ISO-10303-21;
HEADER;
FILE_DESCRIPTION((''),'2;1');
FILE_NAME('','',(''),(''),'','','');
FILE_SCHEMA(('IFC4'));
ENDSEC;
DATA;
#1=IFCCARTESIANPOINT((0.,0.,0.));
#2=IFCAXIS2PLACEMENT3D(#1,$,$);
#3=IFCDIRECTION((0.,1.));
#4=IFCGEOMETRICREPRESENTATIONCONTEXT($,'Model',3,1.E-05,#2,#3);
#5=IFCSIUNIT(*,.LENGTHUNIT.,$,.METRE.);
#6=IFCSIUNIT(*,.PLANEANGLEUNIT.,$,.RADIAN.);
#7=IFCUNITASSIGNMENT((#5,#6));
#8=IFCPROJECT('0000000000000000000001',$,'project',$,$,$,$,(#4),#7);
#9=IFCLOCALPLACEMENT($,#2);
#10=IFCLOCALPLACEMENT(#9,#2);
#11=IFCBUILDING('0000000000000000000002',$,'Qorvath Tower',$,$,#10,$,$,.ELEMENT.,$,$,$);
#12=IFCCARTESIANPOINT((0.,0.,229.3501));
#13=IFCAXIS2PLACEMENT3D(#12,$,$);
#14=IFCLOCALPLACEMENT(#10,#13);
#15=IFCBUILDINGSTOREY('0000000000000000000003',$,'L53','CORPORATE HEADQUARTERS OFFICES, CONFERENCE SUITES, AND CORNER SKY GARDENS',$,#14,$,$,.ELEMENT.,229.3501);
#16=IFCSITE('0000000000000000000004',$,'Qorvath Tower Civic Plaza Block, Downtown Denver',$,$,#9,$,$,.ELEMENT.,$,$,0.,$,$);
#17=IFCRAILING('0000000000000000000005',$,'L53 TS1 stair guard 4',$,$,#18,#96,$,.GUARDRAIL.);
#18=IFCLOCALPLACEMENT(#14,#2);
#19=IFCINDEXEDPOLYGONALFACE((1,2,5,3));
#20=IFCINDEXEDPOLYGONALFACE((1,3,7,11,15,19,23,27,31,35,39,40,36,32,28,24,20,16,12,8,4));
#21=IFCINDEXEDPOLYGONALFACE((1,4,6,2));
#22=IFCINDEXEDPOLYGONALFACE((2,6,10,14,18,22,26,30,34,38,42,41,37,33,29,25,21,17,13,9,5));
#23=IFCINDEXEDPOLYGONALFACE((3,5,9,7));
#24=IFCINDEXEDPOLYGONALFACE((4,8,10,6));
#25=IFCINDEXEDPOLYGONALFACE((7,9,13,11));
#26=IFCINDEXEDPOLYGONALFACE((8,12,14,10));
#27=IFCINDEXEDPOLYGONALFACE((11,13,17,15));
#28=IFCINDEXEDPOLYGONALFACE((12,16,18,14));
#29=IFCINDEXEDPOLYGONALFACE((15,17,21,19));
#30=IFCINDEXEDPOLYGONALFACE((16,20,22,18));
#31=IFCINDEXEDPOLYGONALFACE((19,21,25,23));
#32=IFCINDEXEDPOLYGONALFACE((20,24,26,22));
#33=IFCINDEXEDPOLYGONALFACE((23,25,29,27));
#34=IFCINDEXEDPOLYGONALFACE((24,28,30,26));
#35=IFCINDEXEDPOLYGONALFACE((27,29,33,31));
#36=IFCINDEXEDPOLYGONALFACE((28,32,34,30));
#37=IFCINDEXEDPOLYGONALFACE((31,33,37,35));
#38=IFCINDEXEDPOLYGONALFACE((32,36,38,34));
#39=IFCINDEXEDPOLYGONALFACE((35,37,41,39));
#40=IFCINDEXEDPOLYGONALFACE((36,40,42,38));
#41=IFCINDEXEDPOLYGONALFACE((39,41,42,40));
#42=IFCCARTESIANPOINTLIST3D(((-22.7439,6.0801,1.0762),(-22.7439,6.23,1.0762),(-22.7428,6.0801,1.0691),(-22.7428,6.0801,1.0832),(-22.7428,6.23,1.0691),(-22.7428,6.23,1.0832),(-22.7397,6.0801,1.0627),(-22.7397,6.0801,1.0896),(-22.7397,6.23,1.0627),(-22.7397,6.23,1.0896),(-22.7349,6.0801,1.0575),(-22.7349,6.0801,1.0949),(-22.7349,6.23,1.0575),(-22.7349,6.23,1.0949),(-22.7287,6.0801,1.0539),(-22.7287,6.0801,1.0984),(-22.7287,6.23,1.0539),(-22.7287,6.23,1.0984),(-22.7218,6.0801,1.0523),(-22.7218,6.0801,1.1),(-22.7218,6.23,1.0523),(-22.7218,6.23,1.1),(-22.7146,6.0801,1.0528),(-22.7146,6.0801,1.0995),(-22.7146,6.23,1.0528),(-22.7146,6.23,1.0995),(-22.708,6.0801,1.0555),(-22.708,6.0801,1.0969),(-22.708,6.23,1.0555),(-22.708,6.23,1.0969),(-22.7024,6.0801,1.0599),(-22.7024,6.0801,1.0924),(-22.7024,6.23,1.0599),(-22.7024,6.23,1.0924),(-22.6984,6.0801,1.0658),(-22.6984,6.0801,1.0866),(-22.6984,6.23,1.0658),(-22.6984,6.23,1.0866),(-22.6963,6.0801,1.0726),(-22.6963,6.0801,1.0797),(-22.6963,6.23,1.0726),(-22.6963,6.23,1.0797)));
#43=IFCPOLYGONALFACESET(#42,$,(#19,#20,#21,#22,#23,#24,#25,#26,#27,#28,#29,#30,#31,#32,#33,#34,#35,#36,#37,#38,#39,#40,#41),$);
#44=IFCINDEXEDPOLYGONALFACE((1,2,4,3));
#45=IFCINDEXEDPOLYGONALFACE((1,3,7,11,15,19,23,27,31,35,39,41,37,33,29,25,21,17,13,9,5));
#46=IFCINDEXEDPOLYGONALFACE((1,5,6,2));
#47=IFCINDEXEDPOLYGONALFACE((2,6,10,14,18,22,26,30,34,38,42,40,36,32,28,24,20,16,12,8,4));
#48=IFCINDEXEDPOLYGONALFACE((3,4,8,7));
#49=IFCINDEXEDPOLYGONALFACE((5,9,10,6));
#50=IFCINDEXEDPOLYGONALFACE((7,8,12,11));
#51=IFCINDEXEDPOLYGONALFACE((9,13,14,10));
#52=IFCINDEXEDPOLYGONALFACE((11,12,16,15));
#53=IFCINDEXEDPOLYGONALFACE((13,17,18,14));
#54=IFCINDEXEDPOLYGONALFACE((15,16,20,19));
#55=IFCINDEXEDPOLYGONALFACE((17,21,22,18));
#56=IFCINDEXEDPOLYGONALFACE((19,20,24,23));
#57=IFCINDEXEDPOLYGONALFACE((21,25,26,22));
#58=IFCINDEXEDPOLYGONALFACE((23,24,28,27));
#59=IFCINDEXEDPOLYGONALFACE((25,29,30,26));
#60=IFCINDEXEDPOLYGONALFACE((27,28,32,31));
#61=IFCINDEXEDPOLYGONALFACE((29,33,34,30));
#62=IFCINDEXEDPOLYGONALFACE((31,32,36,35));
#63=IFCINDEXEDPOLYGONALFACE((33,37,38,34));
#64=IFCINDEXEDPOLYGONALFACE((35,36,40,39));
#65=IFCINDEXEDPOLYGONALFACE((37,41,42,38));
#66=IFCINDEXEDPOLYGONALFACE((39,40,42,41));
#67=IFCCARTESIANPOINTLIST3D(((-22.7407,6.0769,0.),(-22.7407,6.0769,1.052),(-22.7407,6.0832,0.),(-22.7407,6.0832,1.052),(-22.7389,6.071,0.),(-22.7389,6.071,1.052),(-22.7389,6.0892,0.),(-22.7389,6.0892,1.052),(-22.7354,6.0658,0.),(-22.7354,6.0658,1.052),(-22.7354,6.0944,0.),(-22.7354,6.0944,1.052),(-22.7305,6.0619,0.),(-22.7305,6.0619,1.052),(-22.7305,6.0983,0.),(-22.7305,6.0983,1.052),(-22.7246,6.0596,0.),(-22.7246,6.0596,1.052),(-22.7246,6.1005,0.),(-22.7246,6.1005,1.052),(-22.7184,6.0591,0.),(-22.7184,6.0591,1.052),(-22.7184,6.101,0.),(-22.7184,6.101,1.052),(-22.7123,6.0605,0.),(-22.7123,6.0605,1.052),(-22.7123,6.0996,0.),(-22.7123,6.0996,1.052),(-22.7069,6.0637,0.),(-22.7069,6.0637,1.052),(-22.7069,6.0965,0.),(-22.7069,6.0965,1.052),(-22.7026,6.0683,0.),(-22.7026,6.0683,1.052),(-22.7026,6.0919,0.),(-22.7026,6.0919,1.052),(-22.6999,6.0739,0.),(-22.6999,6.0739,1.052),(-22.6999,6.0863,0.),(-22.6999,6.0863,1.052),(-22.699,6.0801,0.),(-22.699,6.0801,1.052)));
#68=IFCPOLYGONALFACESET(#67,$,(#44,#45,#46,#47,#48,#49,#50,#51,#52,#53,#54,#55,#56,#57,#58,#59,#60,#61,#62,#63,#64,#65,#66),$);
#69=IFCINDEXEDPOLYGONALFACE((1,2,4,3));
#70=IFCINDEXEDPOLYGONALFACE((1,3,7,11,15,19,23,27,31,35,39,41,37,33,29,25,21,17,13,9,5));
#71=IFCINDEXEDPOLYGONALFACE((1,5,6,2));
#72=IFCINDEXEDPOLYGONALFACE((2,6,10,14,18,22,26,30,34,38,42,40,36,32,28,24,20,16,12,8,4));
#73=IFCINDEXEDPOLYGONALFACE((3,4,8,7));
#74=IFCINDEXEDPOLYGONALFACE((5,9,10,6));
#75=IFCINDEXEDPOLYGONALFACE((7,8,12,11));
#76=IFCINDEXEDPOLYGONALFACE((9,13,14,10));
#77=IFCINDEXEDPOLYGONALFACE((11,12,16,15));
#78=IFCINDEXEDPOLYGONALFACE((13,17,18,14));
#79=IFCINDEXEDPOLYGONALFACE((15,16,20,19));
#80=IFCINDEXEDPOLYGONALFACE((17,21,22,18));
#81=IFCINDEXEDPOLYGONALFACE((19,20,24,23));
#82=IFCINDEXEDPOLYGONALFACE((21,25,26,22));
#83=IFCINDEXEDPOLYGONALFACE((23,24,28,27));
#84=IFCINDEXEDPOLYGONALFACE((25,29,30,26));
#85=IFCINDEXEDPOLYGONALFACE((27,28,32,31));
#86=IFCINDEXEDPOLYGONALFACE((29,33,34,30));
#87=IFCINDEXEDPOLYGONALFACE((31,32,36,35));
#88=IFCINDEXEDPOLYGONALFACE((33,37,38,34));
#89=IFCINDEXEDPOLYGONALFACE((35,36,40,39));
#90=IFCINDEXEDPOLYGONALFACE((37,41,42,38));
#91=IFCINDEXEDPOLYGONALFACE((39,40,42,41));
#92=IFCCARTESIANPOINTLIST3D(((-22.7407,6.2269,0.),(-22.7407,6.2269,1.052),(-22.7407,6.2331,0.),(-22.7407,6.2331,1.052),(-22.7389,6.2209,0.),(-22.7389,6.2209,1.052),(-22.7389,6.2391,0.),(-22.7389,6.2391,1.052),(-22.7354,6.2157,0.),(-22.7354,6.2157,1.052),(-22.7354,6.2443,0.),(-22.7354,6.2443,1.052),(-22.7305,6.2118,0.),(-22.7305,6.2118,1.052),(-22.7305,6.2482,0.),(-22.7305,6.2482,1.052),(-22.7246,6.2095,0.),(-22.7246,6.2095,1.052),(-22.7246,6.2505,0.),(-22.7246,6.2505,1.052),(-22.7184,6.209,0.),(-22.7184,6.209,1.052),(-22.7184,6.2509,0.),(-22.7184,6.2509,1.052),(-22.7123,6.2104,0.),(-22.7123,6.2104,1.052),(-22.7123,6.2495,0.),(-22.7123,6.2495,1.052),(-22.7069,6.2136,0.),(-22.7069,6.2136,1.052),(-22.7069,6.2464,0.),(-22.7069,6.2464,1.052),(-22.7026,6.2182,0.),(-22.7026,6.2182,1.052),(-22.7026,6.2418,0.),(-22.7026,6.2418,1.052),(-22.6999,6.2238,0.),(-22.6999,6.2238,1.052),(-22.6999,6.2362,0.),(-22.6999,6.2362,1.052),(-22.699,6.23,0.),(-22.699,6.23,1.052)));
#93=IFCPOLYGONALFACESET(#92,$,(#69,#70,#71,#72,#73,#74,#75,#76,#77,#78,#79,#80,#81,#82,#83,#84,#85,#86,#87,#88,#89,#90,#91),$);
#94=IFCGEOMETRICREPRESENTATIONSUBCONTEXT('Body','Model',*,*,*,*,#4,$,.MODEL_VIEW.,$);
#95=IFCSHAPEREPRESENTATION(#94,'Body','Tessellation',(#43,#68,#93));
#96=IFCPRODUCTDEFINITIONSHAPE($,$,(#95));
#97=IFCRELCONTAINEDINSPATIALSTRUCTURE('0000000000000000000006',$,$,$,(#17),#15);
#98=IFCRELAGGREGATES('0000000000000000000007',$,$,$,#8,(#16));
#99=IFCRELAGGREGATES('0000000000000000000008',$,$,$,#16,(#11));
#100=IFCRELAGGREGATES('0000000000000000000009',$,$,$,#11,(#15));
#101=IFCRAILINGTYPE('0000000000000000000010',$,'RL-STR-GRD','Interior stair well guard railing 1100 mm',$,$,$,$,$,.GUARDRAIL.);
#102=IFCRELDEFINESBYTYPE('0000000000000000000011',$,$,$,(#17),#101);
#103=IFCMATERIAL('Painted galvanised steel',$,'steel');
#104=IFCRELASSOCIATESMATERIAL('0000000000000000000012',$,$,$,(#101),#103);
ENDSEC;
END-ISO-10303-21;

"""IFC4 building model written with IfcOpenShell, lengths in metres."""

from ifc_helpers import new_model, si_unit, direction, frame, origin, origin_2d, place, context, subcontext, project, spatial, circle, extrude, material, type_object, element, save


model = new_model("IFC4")

# Units and contexts
model_context = context("Model", 3, precision=1e-05, world=origin(), true_north=direction((0.0, 1.0)))
body_context = subcontext(model_context, "Body", "Model", "MODEL_VIEW")
ifc_project = project(units=[si_unit("LENGTHUNIT", "METRE"), si_unit("PLANEANGLEUNIT", "RADIAN")], contexts=[model_context])

# Site, building, storey
site_placement = place(None, origin())
site = spatial("IfcSite", under=ifc_project, at=site_placement, Name="Qorvath Tower Civic Plaza Block, Downtown Denver", CompositionType="ELEMENT", RefElevation=0.0)
building_placement = place(site_placement, origin())
building = spatial("IfcBuilding", under=site, at=building_placement, Name="Qorvath Tower", CompositionType="ELEMENT")
storey_placement = place(building_placement, frame((0.0, 0.0, 229.3501)))
storey = spatial("IfcBuildingStorey", under=building, at=storey_placement, Name="L53", Description="CORPORATE HEADQUARTERS OFFICES, CONFERENCE SUITES, AND CORNER SKY GARDENS", CompositionType="ELEMENT", Elevation=229.3501)

# Railing
ifc_material_1 = material(Name="Painted galvanised steel", Category="steel")
railing_type_1 = type_object("IfcRailingType", Name="RL-STR-GRD", Description="Interior stair well guard railing 1100 mm", PredefinedType="GUARDRAIL", material=ifc_material_1)
railing_1_placement = place(storey_placement, frame((-22.72, 6.0801, 0.0)))
element("IfcRailing", 1, at=railing_1_placement, inside=storey, type_object=railing_type_1, Name="L53 TS1 stair guard 4", PredefinedType="GUARDRAIL", context=body_context, shape_type="SweptSolid", body=[
    extrude(circle(Radius=0.0239, at=origin_2d()), frame((0.0, 0.0, 1.0762), z_axis=(0.0, 1.0, 0.0), x_axis=(-1.0, 0.0, 0.0)), (0.0, 0.0, 1.0), 0.1499),
    extrude(circle(Radius=0.021, at=origin_2d()), origin(), (0.0, 0.0, 1.0), 1.052),
    extrude(circle(Radius=0.021, at=origin_2d()), frame((0.0, 0.1499, 0.0)), (0.0, 0.0, 1.0), 1.052),
])

save(model, "model.ifc")
